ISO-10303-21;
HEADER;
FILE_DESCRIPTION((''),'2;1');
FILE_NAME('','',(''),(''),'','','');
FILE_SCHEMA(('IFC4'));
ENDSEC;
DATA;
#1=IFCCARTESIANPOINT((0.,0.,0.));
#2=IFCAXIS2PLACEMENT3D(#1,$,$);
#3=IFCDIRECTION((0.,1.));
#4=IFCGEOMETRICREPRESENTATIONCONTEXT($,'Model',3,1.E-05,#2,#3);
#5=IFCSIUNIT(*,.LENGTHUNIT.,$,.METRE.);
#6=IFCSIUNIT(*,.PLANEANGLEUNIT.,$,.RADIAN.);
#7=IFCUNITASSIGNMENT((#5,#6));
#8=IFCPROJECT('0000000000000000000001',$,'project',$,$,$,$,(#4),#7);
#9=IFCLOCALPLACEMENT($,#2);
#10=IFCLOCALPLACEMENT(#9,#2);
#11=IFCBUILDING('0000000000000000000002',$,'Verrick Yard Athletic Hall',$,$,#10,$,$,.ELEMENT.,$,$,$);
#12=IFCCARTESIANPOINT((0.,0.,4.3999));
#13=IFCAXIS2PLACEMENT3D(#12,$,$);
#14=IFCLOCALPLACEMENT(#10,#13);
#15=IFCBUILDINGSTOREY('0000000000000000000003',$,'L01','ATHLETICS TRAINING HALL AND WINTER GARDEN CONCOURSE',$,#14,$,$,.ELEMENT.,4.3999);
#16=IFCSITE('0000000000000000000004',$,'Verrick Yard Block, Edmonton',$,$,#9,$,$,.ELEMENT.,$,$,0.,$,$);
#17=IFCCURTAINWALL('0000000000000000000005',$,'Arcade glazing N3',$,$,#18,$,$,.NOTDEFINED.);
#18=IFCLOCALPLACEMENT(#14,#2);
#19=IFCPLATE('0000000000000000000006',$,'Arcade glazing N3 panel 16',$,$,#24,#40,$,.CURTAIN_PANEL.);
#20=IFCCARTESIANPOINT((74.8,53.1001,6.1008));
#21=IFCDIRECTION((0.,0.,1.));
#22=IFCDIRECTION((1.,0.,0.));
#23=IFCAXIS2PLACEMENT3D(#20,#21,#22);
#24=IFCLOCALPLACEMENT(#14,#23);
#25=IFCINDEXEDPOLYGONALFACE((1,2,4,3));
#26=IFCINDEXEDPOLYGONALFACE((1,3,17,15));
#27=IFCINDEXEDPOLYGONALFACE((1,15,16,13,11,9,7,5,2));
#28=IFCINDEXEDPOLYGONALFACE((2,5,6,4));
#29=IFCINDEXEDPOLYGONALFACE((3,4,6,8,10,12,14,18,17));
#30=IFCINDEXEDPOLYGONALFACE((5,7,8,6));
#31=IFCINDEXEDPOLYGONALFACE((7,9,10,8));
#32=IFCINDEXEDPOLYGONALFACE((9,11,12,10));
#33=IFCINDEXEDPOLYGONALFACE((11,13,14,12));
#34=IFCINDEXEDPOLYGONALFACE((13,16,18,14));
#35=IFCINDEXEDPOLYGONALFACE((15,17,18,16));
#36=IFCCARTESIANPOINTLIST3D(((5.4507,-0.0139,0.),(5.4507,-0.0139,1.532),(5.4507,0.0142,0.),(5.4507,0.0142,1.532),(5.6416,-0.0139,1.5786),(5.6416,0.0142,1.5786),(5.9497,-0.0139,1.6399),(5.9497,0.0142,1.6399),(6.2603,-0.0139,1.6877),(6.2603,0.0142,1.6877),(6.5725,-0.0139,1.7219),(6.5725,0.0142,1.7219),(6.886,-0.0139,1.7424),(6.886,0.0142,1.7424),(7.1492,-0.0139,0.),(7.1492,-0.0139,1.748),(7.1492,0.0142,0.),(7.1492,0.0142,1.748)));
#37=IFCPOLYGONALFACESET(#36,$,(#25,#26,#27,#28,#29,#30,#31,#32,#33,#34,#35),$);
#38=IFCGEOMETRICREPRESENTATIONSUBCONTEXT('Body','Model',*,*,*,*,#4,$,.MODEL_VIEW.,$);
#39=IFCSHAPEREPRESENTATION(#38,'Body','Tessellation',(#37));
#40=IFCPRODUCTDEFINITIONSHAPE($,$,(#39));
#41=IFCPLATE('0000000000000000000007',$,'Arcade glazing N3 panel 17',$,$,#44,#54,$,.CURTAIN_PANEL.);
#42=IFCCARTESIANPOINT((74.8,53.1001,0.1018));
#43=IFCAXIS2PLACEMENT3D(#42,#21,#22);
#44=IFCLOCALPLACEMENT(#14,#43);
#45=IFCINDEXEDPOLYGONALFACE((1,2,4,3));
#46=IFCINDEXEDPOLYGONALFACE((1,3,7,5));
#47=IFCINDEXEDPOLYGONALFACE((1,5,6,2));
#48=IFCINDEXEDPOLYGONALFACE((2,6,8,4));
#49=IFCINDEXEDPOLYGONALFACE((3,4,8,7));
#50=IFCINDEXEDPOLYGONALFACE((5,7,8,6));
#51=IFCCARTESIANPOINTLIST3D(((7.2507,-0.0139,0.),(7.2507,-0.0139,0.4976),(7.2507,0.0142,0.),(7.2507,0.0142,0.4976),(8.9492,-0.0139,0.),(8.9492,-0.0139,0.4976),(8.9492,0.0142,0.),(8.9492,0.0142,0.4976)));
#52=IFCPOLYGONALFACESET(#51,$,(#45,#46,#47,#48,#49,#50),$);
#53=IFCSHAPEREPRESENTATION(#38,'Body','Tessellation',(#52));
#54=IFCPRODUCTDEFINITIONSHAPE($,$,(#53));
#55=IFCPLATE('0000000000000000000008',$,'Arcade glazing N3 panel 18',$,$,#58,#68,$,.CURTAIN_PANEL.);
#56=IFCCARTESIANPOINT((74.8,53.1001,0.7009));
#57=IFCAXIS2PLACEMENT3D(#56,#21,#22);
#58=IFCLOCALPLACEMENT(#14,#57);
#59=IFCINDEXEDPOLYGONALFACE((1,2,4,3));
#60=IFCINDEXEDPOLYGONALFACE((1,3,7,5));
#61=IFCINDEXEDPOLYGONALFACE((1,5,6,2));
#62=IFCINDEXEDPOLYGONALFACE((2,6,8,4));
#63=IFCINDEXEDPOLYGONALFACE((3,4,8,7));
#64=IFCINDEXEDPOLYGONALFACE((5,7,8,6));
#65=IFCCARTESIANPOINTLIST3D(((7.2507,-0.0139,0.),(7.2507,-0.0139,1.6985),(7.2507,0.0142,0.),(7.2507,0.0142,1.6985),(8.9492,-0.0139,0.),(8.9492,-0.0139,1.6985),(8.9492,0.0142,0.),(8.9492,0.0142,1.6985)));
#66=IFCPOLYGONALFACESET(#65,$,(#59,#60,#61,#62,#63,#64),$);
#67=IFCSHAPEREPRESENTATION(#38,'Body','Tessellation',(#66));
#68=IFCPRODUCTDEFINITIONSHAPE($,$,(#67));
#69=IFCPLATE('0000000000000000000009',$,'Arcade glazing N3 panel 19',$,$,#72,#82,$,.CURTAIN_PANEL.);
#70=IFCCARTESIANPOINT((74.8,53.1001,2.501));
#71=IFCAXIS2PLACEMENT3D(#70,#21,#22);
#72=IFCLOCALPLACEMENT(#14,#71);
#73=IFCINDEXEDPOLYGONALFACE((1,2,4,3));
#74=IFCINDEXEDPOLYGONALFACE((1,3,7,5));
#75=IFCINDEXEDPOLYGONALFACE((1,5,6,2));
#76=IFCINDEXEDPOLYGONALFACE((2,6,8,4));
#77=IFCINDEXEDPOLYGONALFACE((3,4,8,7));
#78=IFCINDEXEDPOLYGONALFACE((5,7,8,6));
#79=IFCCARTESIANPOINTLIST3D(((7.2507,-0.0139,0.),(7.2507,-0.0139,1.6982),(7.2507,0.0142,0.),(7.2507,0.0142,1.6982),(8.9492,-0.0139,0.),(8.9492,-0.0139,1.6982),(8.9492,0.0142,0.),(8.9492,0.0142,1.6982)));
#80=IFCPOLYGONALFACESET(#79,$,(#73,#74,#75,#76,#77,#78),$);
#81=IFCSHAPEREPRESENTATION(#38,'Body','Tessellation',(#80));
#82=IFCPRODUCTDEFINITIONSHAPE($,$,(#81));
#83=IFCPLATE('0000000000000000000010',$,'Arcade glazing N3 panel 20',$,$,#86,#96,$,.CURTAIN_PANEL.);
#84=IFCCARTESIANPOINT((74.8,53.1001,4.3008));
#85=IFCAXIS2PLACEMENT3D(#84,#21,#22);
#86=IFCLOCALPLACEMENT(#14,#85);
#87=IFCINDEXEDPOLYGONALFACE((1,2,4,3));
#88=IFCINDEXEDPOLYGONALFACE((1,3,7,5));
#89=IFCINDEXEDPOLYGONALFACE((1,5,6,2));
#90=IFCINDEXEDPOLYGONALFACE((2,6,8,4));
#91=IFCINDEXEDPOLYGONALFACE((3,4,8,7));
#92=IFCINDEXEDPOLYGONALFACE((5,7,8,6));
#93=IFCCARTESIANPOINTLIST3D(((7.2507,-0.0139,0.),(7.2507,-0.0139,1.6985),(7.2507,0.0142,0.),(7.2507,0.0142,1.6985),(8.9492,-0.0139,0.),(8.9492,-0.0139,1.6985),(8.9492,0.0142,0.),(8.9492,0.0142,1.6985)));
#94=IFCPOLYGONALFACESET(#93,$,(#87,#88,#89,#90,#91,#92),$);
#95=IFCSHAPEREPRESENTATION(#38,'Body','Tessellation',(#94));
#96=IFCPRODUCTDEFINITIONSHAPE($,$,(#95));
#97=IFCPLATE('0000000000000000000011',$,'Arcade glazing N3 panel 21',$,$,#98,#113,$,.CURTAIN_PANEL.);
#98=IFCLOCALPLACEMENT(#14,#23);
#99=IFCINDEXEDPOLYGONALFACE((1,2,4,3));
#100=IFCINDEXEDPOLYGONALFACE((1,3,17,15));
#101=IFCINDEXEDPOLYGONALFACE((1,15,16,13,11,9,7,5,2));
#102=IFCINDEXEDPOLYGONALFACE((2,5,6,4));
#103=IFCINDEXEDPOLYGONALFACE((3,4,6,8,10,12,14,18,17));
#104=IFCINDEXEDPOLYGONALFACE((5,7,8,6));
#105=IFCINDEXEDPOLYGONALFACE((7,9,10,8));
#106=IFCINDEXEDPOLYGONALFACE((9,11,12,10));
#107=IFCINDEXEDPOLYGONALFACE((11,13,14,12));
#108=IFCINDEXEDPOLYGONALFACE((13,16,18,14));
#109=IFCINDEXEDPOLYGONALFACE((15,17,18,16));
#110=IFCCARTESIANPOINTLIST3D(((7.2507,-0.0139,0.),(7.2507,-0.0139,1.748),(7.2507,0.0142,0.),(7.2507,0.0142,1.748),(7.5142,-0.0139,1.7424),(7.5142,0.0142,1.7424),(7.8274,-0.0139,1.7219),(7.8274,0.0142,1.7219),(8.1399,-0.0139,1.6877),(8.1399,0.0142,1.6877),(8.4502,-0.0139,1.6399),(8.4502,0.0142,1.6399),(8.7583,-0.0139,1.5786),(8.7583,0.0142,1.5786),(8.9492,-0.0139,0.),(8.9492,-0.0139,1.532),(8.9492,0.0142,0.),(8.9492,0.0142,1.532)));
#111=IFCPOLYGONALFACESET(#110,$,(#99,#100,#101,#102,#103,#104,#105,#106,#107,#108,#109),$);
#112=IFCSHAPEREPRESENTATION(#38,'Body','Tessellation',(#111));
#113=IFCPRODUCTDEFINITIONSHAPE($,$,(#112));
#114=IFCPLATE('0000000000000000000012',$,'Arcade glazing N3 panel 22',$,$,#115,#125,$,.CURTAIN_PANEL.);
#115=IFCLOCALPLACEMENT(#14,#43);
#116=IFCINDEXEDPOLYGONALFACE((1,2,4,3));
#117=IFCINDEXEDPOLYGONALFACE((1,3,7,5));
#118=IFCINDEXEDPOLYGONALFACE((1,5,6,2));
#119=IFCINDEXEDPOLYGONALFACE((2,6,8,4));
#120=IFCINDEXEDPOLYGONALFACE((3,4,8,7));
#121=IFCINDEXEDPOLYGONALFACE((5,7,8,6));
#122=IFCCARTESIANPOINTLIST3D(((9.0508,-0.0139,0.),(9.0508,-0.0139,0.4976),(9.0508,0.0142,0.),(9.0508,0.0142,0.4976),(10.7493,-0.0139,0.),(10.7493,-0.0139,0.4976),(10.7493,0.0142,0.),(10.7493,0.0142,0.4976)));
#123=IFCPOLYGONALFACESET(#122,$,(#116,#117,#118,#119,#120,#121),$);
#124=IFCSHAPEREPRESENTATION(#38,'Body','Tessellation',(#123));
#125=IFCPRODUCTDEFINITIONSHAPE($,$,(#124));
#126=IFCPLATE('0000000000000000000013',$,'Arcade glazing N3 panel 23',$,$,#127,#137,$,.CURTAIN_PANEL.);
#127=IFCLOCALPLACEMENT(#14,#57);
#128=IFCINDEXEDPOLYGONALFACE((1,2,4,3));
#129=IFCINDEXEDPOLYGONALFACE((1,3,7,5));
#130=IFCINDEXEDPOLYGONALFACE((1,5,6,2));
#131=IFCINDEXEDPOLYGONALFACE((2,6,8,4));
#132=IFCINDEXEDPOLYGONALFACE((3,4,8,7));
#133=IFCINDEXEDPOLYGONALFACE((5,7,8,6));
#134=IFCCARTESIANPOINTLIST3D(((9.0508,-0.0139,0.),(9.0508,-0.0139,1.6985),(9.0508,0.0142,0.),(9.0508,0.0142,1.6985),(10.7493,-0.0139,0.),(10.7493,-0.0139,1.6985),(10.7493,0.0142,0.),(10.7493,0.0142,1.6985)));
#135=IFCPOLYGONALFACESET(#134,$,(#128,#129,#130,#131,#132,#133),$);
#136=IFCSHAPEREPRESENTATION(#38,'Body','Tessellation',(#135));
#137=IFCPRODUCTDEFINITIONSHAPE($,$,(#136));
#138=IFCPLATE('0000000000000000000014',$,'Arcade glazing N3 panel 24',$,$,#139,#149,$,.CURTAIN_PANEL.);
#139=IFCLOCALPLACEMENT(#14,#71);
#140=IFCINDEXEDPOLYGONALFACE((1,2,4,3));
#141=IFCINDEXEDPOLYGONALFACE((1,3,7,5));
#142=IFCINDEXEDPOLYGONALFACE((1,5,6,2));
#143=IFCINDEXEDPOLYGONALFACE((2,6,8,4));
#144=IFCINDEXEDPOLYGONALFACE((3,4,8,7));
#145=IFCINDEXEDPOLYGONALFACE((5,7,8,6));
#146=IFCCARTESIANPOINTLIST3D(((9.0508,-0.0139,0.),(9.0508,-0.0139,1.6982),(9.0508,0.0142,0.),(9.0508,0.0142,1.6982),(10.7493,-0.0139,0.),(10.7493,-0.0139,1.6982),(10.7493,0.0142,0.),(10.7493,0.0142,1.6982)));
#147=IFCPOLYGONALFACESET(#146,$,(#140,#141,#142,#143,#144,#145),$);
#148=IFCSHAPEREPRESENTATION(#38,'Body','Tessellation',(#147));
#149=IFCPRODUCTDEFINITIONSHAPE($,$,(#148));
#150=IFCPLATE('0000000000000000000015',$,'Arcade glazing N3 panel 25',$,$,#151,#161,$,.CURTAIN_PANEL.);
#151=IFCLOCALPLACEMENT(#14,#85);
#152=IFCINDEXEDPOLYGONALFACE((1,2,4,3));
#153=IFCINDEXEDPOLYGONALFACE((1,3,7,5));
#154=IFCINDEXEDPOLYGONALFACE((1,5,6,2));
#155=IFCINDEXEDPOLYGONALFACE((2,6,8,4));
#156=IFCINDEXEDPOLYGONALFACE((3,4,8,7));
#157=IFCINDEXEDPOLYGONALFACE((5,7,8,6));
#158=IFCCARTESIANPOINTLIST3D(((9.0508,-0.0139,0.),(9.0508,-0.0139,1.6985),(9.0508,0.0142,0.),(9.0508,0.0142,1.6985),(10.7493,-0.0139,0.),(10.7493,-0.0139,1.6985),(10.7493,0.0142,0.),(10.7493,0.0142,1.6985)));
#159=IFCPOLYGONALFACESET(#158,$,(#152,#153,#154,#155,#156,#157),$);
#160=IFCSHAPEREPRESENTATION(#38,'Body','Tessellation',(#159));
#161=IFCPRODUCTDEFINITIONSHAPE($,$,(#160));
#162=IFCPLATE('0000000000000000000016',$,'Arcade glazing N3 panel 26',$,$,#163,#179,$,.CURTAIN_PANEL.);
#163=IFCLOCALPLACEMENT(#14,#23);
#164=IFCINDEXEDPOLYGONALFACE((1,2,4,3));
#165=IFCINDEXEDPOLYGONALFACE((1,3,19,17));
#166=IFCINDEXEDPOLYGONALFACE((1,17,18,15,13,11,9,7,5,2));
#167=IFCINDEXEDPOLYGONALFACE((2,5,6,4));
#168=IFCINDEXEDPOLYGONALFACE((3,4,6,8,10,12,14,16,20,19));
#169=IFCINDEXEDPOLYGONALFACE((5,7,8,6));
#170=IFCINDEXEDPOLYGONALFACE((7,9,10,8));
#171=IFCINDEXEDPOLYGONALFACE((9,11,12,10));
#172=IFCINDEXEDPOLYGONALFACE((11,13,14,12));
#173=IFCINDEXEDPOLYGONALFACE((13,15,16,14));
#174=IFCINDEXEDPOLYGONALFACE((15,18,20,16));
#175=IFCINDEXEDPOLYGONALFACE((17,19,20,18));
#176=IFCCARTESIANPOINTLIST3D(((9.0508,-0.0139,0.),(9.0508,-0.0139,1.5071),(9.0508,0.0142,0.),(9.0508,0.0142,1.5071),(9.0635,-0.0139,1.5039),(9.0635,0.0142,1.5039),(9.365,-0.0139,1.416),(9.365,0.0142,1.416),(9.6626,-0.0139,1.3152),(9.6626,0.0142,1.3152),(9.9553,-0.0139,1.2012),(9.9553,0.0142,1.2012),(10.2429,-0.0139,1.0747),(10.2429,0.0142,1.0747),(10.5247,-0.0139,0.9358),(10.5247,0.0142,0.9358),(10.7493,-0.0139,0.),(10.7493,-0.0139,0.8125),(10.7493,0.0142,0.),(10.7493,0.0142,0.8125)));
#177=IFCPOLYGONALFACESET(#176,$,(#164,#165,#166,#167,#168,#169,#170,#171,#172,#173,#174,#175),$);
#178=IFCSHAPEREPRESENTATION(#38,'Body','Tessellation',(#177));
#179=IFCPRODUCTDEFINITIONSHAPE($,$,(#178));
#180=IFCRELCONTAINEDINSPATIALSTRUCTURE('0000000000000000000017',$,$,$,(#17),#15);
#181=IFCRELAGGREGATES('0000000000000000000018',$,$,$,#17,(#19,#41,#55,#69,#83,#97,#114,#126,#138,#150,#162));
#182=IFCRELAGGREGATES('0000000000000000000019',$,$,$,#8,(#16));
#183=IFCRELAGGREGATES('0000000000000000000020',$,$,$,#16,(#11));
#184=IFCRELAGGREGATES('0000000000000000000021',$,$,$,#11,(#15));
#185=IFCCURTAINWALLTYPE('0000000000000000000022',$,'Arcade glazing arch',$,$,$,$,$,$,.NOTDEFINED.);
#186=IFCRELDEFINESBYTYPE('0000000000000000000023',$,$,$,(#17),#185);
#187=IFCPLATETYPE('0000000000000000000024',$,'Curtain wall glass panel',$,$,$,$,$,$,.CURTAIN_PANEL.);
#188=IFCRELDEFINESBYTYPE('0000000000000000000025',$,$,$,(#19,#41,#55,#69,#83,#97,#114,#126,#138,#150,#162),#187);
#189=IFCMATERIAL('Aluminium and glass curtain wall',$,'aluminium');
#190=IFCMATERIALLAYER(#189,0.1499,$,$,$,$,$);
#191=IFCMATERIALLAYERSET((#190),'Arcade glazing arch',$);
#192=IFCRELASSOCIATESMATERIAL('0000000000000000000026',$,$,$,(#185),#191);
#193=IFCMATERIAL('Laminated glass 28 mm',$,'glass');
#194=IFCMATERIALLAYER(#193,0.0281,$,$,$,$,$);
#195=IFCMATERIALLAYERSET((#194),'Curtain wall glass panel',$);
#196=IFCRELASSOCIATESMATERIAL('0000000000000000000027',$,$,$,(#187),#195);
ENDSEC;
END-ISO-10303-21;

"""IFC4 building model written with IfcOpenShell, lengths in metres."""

from ifc_helpers import new_model, si_unit, direction, frame, origin, place, context, subcontext, project, spatial, polyline, outline, extrude, material, layer, layer_set, type_object, element, aggregate, save


model = new_model("IFC4")

# Units and contexts
model_context = context("Model", 3, precision=1e-05, world=origin(), true_north=direction((0.0, 1.0)))
body_context = subcontext(model_context, "Body", "Model", "MODEL_VIEW")
ifc_project = project(units=[si_unit("LENGTHUNIT", "METRE"), si_unit("PLANEANGLEUNIT", "RADIAN")], contexts=[model_context])

# Site, building, storey
site_placement = place(None, origin())
site = spatial("IfcSite", under=ifc_project, at=site_placement, Name="Verrick Yard Block, Edmonton", CompositionType="ELEMENT", RefElevation=0.0)
building_placement = place(site_placement, origin())
building = spatial("IfcBuilding", under=site, at=building_placement, Name="Verrick Yard Athletic Hall", CompositionType="ELEMENT")
storey_placement = place(building_placement, frame((0.0, 0.0, 4.3999)))
storey = spatial("IfcBuildingStorey", under=building, at=storey_placement, Name="L01", Description="ATHLETICS TRAINING HALL AND WINTER GARDEN CONCOURSE", CompositionType="ELEMENT", Elevation=4.3999)

# Curtain wall, plates
ifc_material_1 = material(Name="Aluminium and glass curtain wall", Category="aluminium")
ifc_layer_1 = layer(ifc_material_1, 0.1499)
ifc_layer_set_1 = layer_set([ifc_layer_1], Name="Arcade glazing arch")
curtain_wall_type = type_object("IfcCurtainWallType", Name="Arcade glazing arch", PredefinedType="NOTDEFINED", material=ifc_layer_set_1)
curtain_wall_placement = place(storey_placement, origin())
curtain_wall = element("IfcCurtainWall", 1, at=curtain_wall_placement, inside=storey, type_object=curtain_wall_type, Name="Arcade glazing N3", PredefinedType="NOTDEFINED")
ifc_material_2 = material(Name="Laminated glass 28 mm", Category="glass")
ifc_layer_2 = layer(ifc_material_2, 0.0281)
ifc_layer_set_2 = layer_set([ifc_layer_2], Name="Curtain wall glass panel")
plate_type = type_object("IfcPlateType", Name="Curtain wall glass panel", PredefinedType="CURTAIN_PANEL", material=ifc_layer_set_2)
plate_1_placement = place(storey_placement, frame((74.8, 53.1001, 6.1008), z_axis=(0.0, 0.0, 1.0), x_axis=(1.0, 0.0, 0.0)))
plate_1 = element("IfcPlate", 2, at=plate_1_placement, type_object=plate_type, Name="Arcade glazing N3 panel 16", PredefinedType="CURTAIN_PANEL", context=body_context, shape_type="SweptSolid", body=[
    extrude(outline(polyline([(7.1492, 1.748), (6.886, 1.7424), (6.5725, 1.7219), (6.2603, 1.6877), (5.9497, 1.6399), (5.6416, 1.5786), (5.4507, 1.532), (5.4507, 0.0), (7.1492, 0.0), (7.1492, 1.748)])), frame((0.0, 0.0142, 0.0), z_axis=(0.0, -1.0, 0.0), x_axis=(1.0, 0.0, 0.0)), (0.0, 0.0, 1.0), 0.0281),
])
plate_2_placement = place(storey_placement, frame((74.8, 53.1001, 0.1018), z_axis=(0.0, 0.0, 1.0), x_axis=(1.0, 0.0, 0.0)))
plate_2 = element("IfcPlate", 3, at=plate_2_placement, type_object=plate_type, Name="Arcade glazing N3 panel 17", PredefinedType="CURTAIN_PANEL", context=body_context, shape_type="SweptSolid", body=[
    extrude(outline(polyline([(8.9492, 0.0), (8.9492, 0.4976), (7.2507, 0.4976), (7.2507, 0.0), (8.9492, 0.0)])), frame((0.0, 0.0142, 0.0), z_axis=(0.0, -1.0, 0.0), x_axis=(1.0, 0.0, 0.0)), (0.0, 0.0, 1.0), 0.0281),
])
plate_3_placement = place(storey_placement, frame((74.8, 53.1001, 0.7009), z_axis=(0.0, 0.0, 1.0), x_axis=(1.0, 0.0, 0.0)))
plate_3 = element("IfcPlate", 4, at=plate_3_placement, type_object=plate_type, Name="Arcade glazing N3 panel 18", PredefinedType="CURTAIN_PANEL", context=body_context, shape_type="SweptSolid", body=[
    extrude(outline(polyline([(8.9492, 0.0), (8.9492, 1.6985), (7.2507, 1.6985), (7.2507, 0.0), (8.9492, 0.0)])), frame((0.0, 0.0142, 0.0), z_axis=(0.0, -1.0, 0.0), x_axis=(1.0, 0.0, 0.0)), (0.0, 0.0, 1.0), 0.0281),
])
plate_4_placement = place(storey_placement, frame((74.8, 53.1001, 2.501), z_axis=(0.0, 0.0, 1.0), x_axis=(1.0, 0.0, 0.0)))
plate_4 = element("IfcPlate", 5, at=plate_4_placement, type_object=plate_type, Name="Arcade glazing N3 panel 19", PredefinedType="CURTAIN_PANEL", context=body_context, shape_type="SweptSolid", body=[
    extrude(outline(polyline([(8.9492, 0.0), (8.9492, 1.6982), (7.2507, 1.6982), (7.2507, 0.0), (8.9492, 0.0)])), frame((0.0, 0.0142, 0.0), z_axis=(0.0, -1.0, 0.0), x_axis=(1.0, 0.0, 0.0)), (0.0, 0.0, 1.0), 0.0281),
])
plate_5_placement = place(storey_placement, frame((74.8, 53.1001, 4.3008), z_axis=(0.0, 0.0, 1.0), x_axis=(1.0, 0.0, 0.0)))
plate_5 = element("IfcPlate", 6, at=plate_5_placement, type_object=plate_type, Name="Arcade glazing N3 panel 20", PredefinedType="CURTAIN_PANEL", context=body_context, shape_type="SweptSolid", body=[
    extrude(outline(polyline([(8.9492, 0.0), (8.9492, 1.6985), (7.2507, 1.6985), (7.2507, 0.0), (8.9492, 0.0)])), frame((0.0, 0.0142, 0.0), z_axis=(0.0, -1.0, 0.0), x_axis=(1.0, 0.0, 0.0)), (0.0, 0.0, 1.0), 0.0281),
])
plate_6_placement = place(storey_placement, frame((74.8, 53.1001, 6.1008), z_axis=(0.0, 0.0, 1.0), x_axis=(1.0, 0.0, 0.0)))
plate_6 = element("IfcPlate", 7, at=plate_6_placement, type_object=plate_type, Name="Arcade glazing N3 panel 21", PredefinedType="CURTAIN_PANEL", context=body_context, shape_type="SweptSolid", body=[
    extrude(outline(polyline([(8.9492, 1.532), (8.7583, 1.5786), (8.4502, 1.6399), (8.1399, 1.6877), (7.8274, 1.7219), (7.5142, 1.7424), (7.2507, 1.748), (7.2507, 0.0), (8.9492, 0.0), (8.9492, 1.532)])), frame((0.0, 0.0142, 0.0), z_axis=(0.0, -1.0, 0.0), x_axis=(1.0, 0.0, 0.0)), (0.0, 0.0, 1.0), 0.0281),
])
plate_7_placement = place(storey_placement, frame((74.8, 53.1001, 0.1018), z_axis=(0.0, 0.0, 1.0), x_axis=(1.0, 0.0, 0.0)))
plate_7 = element("IfcPlate", 8, at=plate_7_placement, type_object=plate_type, Name="Arcade glazing N3 panel 22", PredefinedType="CURTAIN_PANEL", context=body_context, shape_type="SweptSolid", body=[
    extrude(outline(polyline([(10.7493, 0.0), (10.7493, 0.4976), (9.0508, 0.4976), (9.0508, 0.0), (10.7493, 0.0)])), frame((0.0, 0.0142, 0.0), z_axis=(0.0, -1.0, 0.0), x_axis=(1.0, 0.0, 0.0)), (0.0, 0.0, 1.0), 0.0281),
])
plate_8_placement = place(storey_placement, frame((74.8, 53.1001, 0.7009), z_axis=(0.0, 0.0, 1.0), x_axis=(1.0, 0.0, 0.0)))
plate_8 = element("IfcPlate", 9, at=plate_8_placement, type_object=plate_type, Name="Arcade glazing N3 panel 23", PredefinedType="CURTAIN_PANEL", context=body_context, shape_type="SweptSolid", body=[
    extrude(outline(polyline([(10.7493, 0.0), (10.7493, 1.6985), (9.0508, 1.6985), (9.0508, 0.0), (10.7493, 0.0)])), frame((0.0, 0.0142, 0.0), z_axis=(0.0, -1.0, 0.0), x_axis=(1.0, 0.0, 0.0)), (0.0, 0.0, 1.0), 0.0281),
])
plate_9_placement = place(storey_placement, frame((74.8, 53.1001, 2.501), z_axis=(0.0, 0.0, 1.0), x_axis=(1.0, 0.0, 0.0)))
plate_9 = element("IfcPlate", 10, at=plate_9_placement, type_object=plate_type, Name="Arcade glazing N3 panel 24", PredefinedType="CURTAIN_PANEL", context=body_context, shape_type="SweptSolid", body=[
    extrude(outline(polyline([(10.7493, 0.0), (10.7493, 1.6982), (9.0508, 1.6982), (9.0508, 0.0), (10.7493, 0.0)])), frame((0.0, 0.0142, 0.0), z_axis=(0.0, -1.0, 0.0), x_axis=(1.0, 0.0, 0.0)), (0.0, 0.0, 1.0), 0.0281),
])
plate_10_placement = place(storey_placement, frame((74.8, 53.1001, 4.3008), z_axis=(0.0, 0.0, 1.0), x_axis=(1.0, 0.0, 0.0)))
plate_10 = element("IfcPlate", 11, at=plate_10_placement, type_object=plate_type, Name="Arcade glazing N3 panel 25", PredefinedType="CURTAIN_PANEL", context=body_context, shape_type="SweptSolid", body=[
    extrude(outline(polyline([(10.7493, 0.0), (10.7493, 1.6985), (9.0508, 1.6985), (9.0508, 0.0), (10.7493, 0.0)])), frame((0.0, 0.0142, 0.0), z_axis=(0.0, -1.0, 0.0), x_axis=(1.0, 0.0, 0.0)), (0.0, 0.0, 1.0), 0.0281),
])
plate_11_placement = place(storey_placement, frame((74.8, 53.1001, 6.1008), z_axis=(0.0, 0.0, 1.0), x_axis=(1.0, 0.0, 0.0)))
plate_11 = element("IfcPlate", 12, at=plate_11_placement, type_object=plate_type, Name="Arcade glazing N3 panel 26", PredefinedType="CURTAIN_PANEL", context=body_context, shape_type="SweptSolid", body=[
    extrude(outline(polyline([(10.7493, 0.8125), (10.5247, 0.9358), (10.2429, 1.0747), (9.9553, 1.2012), (9.6626, 1.3152), (9.365, 1.416), (9.0635, 1.5039), (9.0508, 1.5071), (9.0508, 0.0), (10.7493, 0.0), (10.7493, 0.8125)])), frame((0.0, 0.0142, 0.0), z_axis=(0.0, -1.0, 0.0), x_axis=(1.0, 0.0, 0.0)), (0.0, 0.0, 1.0), 0.0281),
])
aggregate(curtain_wall, [plate_1, plate_2, plate_3, plate_4, plate_5, plate_6, plate_7, plate_8, plate_9, plate_10, plate_11])

save(model, "model.ifc")
